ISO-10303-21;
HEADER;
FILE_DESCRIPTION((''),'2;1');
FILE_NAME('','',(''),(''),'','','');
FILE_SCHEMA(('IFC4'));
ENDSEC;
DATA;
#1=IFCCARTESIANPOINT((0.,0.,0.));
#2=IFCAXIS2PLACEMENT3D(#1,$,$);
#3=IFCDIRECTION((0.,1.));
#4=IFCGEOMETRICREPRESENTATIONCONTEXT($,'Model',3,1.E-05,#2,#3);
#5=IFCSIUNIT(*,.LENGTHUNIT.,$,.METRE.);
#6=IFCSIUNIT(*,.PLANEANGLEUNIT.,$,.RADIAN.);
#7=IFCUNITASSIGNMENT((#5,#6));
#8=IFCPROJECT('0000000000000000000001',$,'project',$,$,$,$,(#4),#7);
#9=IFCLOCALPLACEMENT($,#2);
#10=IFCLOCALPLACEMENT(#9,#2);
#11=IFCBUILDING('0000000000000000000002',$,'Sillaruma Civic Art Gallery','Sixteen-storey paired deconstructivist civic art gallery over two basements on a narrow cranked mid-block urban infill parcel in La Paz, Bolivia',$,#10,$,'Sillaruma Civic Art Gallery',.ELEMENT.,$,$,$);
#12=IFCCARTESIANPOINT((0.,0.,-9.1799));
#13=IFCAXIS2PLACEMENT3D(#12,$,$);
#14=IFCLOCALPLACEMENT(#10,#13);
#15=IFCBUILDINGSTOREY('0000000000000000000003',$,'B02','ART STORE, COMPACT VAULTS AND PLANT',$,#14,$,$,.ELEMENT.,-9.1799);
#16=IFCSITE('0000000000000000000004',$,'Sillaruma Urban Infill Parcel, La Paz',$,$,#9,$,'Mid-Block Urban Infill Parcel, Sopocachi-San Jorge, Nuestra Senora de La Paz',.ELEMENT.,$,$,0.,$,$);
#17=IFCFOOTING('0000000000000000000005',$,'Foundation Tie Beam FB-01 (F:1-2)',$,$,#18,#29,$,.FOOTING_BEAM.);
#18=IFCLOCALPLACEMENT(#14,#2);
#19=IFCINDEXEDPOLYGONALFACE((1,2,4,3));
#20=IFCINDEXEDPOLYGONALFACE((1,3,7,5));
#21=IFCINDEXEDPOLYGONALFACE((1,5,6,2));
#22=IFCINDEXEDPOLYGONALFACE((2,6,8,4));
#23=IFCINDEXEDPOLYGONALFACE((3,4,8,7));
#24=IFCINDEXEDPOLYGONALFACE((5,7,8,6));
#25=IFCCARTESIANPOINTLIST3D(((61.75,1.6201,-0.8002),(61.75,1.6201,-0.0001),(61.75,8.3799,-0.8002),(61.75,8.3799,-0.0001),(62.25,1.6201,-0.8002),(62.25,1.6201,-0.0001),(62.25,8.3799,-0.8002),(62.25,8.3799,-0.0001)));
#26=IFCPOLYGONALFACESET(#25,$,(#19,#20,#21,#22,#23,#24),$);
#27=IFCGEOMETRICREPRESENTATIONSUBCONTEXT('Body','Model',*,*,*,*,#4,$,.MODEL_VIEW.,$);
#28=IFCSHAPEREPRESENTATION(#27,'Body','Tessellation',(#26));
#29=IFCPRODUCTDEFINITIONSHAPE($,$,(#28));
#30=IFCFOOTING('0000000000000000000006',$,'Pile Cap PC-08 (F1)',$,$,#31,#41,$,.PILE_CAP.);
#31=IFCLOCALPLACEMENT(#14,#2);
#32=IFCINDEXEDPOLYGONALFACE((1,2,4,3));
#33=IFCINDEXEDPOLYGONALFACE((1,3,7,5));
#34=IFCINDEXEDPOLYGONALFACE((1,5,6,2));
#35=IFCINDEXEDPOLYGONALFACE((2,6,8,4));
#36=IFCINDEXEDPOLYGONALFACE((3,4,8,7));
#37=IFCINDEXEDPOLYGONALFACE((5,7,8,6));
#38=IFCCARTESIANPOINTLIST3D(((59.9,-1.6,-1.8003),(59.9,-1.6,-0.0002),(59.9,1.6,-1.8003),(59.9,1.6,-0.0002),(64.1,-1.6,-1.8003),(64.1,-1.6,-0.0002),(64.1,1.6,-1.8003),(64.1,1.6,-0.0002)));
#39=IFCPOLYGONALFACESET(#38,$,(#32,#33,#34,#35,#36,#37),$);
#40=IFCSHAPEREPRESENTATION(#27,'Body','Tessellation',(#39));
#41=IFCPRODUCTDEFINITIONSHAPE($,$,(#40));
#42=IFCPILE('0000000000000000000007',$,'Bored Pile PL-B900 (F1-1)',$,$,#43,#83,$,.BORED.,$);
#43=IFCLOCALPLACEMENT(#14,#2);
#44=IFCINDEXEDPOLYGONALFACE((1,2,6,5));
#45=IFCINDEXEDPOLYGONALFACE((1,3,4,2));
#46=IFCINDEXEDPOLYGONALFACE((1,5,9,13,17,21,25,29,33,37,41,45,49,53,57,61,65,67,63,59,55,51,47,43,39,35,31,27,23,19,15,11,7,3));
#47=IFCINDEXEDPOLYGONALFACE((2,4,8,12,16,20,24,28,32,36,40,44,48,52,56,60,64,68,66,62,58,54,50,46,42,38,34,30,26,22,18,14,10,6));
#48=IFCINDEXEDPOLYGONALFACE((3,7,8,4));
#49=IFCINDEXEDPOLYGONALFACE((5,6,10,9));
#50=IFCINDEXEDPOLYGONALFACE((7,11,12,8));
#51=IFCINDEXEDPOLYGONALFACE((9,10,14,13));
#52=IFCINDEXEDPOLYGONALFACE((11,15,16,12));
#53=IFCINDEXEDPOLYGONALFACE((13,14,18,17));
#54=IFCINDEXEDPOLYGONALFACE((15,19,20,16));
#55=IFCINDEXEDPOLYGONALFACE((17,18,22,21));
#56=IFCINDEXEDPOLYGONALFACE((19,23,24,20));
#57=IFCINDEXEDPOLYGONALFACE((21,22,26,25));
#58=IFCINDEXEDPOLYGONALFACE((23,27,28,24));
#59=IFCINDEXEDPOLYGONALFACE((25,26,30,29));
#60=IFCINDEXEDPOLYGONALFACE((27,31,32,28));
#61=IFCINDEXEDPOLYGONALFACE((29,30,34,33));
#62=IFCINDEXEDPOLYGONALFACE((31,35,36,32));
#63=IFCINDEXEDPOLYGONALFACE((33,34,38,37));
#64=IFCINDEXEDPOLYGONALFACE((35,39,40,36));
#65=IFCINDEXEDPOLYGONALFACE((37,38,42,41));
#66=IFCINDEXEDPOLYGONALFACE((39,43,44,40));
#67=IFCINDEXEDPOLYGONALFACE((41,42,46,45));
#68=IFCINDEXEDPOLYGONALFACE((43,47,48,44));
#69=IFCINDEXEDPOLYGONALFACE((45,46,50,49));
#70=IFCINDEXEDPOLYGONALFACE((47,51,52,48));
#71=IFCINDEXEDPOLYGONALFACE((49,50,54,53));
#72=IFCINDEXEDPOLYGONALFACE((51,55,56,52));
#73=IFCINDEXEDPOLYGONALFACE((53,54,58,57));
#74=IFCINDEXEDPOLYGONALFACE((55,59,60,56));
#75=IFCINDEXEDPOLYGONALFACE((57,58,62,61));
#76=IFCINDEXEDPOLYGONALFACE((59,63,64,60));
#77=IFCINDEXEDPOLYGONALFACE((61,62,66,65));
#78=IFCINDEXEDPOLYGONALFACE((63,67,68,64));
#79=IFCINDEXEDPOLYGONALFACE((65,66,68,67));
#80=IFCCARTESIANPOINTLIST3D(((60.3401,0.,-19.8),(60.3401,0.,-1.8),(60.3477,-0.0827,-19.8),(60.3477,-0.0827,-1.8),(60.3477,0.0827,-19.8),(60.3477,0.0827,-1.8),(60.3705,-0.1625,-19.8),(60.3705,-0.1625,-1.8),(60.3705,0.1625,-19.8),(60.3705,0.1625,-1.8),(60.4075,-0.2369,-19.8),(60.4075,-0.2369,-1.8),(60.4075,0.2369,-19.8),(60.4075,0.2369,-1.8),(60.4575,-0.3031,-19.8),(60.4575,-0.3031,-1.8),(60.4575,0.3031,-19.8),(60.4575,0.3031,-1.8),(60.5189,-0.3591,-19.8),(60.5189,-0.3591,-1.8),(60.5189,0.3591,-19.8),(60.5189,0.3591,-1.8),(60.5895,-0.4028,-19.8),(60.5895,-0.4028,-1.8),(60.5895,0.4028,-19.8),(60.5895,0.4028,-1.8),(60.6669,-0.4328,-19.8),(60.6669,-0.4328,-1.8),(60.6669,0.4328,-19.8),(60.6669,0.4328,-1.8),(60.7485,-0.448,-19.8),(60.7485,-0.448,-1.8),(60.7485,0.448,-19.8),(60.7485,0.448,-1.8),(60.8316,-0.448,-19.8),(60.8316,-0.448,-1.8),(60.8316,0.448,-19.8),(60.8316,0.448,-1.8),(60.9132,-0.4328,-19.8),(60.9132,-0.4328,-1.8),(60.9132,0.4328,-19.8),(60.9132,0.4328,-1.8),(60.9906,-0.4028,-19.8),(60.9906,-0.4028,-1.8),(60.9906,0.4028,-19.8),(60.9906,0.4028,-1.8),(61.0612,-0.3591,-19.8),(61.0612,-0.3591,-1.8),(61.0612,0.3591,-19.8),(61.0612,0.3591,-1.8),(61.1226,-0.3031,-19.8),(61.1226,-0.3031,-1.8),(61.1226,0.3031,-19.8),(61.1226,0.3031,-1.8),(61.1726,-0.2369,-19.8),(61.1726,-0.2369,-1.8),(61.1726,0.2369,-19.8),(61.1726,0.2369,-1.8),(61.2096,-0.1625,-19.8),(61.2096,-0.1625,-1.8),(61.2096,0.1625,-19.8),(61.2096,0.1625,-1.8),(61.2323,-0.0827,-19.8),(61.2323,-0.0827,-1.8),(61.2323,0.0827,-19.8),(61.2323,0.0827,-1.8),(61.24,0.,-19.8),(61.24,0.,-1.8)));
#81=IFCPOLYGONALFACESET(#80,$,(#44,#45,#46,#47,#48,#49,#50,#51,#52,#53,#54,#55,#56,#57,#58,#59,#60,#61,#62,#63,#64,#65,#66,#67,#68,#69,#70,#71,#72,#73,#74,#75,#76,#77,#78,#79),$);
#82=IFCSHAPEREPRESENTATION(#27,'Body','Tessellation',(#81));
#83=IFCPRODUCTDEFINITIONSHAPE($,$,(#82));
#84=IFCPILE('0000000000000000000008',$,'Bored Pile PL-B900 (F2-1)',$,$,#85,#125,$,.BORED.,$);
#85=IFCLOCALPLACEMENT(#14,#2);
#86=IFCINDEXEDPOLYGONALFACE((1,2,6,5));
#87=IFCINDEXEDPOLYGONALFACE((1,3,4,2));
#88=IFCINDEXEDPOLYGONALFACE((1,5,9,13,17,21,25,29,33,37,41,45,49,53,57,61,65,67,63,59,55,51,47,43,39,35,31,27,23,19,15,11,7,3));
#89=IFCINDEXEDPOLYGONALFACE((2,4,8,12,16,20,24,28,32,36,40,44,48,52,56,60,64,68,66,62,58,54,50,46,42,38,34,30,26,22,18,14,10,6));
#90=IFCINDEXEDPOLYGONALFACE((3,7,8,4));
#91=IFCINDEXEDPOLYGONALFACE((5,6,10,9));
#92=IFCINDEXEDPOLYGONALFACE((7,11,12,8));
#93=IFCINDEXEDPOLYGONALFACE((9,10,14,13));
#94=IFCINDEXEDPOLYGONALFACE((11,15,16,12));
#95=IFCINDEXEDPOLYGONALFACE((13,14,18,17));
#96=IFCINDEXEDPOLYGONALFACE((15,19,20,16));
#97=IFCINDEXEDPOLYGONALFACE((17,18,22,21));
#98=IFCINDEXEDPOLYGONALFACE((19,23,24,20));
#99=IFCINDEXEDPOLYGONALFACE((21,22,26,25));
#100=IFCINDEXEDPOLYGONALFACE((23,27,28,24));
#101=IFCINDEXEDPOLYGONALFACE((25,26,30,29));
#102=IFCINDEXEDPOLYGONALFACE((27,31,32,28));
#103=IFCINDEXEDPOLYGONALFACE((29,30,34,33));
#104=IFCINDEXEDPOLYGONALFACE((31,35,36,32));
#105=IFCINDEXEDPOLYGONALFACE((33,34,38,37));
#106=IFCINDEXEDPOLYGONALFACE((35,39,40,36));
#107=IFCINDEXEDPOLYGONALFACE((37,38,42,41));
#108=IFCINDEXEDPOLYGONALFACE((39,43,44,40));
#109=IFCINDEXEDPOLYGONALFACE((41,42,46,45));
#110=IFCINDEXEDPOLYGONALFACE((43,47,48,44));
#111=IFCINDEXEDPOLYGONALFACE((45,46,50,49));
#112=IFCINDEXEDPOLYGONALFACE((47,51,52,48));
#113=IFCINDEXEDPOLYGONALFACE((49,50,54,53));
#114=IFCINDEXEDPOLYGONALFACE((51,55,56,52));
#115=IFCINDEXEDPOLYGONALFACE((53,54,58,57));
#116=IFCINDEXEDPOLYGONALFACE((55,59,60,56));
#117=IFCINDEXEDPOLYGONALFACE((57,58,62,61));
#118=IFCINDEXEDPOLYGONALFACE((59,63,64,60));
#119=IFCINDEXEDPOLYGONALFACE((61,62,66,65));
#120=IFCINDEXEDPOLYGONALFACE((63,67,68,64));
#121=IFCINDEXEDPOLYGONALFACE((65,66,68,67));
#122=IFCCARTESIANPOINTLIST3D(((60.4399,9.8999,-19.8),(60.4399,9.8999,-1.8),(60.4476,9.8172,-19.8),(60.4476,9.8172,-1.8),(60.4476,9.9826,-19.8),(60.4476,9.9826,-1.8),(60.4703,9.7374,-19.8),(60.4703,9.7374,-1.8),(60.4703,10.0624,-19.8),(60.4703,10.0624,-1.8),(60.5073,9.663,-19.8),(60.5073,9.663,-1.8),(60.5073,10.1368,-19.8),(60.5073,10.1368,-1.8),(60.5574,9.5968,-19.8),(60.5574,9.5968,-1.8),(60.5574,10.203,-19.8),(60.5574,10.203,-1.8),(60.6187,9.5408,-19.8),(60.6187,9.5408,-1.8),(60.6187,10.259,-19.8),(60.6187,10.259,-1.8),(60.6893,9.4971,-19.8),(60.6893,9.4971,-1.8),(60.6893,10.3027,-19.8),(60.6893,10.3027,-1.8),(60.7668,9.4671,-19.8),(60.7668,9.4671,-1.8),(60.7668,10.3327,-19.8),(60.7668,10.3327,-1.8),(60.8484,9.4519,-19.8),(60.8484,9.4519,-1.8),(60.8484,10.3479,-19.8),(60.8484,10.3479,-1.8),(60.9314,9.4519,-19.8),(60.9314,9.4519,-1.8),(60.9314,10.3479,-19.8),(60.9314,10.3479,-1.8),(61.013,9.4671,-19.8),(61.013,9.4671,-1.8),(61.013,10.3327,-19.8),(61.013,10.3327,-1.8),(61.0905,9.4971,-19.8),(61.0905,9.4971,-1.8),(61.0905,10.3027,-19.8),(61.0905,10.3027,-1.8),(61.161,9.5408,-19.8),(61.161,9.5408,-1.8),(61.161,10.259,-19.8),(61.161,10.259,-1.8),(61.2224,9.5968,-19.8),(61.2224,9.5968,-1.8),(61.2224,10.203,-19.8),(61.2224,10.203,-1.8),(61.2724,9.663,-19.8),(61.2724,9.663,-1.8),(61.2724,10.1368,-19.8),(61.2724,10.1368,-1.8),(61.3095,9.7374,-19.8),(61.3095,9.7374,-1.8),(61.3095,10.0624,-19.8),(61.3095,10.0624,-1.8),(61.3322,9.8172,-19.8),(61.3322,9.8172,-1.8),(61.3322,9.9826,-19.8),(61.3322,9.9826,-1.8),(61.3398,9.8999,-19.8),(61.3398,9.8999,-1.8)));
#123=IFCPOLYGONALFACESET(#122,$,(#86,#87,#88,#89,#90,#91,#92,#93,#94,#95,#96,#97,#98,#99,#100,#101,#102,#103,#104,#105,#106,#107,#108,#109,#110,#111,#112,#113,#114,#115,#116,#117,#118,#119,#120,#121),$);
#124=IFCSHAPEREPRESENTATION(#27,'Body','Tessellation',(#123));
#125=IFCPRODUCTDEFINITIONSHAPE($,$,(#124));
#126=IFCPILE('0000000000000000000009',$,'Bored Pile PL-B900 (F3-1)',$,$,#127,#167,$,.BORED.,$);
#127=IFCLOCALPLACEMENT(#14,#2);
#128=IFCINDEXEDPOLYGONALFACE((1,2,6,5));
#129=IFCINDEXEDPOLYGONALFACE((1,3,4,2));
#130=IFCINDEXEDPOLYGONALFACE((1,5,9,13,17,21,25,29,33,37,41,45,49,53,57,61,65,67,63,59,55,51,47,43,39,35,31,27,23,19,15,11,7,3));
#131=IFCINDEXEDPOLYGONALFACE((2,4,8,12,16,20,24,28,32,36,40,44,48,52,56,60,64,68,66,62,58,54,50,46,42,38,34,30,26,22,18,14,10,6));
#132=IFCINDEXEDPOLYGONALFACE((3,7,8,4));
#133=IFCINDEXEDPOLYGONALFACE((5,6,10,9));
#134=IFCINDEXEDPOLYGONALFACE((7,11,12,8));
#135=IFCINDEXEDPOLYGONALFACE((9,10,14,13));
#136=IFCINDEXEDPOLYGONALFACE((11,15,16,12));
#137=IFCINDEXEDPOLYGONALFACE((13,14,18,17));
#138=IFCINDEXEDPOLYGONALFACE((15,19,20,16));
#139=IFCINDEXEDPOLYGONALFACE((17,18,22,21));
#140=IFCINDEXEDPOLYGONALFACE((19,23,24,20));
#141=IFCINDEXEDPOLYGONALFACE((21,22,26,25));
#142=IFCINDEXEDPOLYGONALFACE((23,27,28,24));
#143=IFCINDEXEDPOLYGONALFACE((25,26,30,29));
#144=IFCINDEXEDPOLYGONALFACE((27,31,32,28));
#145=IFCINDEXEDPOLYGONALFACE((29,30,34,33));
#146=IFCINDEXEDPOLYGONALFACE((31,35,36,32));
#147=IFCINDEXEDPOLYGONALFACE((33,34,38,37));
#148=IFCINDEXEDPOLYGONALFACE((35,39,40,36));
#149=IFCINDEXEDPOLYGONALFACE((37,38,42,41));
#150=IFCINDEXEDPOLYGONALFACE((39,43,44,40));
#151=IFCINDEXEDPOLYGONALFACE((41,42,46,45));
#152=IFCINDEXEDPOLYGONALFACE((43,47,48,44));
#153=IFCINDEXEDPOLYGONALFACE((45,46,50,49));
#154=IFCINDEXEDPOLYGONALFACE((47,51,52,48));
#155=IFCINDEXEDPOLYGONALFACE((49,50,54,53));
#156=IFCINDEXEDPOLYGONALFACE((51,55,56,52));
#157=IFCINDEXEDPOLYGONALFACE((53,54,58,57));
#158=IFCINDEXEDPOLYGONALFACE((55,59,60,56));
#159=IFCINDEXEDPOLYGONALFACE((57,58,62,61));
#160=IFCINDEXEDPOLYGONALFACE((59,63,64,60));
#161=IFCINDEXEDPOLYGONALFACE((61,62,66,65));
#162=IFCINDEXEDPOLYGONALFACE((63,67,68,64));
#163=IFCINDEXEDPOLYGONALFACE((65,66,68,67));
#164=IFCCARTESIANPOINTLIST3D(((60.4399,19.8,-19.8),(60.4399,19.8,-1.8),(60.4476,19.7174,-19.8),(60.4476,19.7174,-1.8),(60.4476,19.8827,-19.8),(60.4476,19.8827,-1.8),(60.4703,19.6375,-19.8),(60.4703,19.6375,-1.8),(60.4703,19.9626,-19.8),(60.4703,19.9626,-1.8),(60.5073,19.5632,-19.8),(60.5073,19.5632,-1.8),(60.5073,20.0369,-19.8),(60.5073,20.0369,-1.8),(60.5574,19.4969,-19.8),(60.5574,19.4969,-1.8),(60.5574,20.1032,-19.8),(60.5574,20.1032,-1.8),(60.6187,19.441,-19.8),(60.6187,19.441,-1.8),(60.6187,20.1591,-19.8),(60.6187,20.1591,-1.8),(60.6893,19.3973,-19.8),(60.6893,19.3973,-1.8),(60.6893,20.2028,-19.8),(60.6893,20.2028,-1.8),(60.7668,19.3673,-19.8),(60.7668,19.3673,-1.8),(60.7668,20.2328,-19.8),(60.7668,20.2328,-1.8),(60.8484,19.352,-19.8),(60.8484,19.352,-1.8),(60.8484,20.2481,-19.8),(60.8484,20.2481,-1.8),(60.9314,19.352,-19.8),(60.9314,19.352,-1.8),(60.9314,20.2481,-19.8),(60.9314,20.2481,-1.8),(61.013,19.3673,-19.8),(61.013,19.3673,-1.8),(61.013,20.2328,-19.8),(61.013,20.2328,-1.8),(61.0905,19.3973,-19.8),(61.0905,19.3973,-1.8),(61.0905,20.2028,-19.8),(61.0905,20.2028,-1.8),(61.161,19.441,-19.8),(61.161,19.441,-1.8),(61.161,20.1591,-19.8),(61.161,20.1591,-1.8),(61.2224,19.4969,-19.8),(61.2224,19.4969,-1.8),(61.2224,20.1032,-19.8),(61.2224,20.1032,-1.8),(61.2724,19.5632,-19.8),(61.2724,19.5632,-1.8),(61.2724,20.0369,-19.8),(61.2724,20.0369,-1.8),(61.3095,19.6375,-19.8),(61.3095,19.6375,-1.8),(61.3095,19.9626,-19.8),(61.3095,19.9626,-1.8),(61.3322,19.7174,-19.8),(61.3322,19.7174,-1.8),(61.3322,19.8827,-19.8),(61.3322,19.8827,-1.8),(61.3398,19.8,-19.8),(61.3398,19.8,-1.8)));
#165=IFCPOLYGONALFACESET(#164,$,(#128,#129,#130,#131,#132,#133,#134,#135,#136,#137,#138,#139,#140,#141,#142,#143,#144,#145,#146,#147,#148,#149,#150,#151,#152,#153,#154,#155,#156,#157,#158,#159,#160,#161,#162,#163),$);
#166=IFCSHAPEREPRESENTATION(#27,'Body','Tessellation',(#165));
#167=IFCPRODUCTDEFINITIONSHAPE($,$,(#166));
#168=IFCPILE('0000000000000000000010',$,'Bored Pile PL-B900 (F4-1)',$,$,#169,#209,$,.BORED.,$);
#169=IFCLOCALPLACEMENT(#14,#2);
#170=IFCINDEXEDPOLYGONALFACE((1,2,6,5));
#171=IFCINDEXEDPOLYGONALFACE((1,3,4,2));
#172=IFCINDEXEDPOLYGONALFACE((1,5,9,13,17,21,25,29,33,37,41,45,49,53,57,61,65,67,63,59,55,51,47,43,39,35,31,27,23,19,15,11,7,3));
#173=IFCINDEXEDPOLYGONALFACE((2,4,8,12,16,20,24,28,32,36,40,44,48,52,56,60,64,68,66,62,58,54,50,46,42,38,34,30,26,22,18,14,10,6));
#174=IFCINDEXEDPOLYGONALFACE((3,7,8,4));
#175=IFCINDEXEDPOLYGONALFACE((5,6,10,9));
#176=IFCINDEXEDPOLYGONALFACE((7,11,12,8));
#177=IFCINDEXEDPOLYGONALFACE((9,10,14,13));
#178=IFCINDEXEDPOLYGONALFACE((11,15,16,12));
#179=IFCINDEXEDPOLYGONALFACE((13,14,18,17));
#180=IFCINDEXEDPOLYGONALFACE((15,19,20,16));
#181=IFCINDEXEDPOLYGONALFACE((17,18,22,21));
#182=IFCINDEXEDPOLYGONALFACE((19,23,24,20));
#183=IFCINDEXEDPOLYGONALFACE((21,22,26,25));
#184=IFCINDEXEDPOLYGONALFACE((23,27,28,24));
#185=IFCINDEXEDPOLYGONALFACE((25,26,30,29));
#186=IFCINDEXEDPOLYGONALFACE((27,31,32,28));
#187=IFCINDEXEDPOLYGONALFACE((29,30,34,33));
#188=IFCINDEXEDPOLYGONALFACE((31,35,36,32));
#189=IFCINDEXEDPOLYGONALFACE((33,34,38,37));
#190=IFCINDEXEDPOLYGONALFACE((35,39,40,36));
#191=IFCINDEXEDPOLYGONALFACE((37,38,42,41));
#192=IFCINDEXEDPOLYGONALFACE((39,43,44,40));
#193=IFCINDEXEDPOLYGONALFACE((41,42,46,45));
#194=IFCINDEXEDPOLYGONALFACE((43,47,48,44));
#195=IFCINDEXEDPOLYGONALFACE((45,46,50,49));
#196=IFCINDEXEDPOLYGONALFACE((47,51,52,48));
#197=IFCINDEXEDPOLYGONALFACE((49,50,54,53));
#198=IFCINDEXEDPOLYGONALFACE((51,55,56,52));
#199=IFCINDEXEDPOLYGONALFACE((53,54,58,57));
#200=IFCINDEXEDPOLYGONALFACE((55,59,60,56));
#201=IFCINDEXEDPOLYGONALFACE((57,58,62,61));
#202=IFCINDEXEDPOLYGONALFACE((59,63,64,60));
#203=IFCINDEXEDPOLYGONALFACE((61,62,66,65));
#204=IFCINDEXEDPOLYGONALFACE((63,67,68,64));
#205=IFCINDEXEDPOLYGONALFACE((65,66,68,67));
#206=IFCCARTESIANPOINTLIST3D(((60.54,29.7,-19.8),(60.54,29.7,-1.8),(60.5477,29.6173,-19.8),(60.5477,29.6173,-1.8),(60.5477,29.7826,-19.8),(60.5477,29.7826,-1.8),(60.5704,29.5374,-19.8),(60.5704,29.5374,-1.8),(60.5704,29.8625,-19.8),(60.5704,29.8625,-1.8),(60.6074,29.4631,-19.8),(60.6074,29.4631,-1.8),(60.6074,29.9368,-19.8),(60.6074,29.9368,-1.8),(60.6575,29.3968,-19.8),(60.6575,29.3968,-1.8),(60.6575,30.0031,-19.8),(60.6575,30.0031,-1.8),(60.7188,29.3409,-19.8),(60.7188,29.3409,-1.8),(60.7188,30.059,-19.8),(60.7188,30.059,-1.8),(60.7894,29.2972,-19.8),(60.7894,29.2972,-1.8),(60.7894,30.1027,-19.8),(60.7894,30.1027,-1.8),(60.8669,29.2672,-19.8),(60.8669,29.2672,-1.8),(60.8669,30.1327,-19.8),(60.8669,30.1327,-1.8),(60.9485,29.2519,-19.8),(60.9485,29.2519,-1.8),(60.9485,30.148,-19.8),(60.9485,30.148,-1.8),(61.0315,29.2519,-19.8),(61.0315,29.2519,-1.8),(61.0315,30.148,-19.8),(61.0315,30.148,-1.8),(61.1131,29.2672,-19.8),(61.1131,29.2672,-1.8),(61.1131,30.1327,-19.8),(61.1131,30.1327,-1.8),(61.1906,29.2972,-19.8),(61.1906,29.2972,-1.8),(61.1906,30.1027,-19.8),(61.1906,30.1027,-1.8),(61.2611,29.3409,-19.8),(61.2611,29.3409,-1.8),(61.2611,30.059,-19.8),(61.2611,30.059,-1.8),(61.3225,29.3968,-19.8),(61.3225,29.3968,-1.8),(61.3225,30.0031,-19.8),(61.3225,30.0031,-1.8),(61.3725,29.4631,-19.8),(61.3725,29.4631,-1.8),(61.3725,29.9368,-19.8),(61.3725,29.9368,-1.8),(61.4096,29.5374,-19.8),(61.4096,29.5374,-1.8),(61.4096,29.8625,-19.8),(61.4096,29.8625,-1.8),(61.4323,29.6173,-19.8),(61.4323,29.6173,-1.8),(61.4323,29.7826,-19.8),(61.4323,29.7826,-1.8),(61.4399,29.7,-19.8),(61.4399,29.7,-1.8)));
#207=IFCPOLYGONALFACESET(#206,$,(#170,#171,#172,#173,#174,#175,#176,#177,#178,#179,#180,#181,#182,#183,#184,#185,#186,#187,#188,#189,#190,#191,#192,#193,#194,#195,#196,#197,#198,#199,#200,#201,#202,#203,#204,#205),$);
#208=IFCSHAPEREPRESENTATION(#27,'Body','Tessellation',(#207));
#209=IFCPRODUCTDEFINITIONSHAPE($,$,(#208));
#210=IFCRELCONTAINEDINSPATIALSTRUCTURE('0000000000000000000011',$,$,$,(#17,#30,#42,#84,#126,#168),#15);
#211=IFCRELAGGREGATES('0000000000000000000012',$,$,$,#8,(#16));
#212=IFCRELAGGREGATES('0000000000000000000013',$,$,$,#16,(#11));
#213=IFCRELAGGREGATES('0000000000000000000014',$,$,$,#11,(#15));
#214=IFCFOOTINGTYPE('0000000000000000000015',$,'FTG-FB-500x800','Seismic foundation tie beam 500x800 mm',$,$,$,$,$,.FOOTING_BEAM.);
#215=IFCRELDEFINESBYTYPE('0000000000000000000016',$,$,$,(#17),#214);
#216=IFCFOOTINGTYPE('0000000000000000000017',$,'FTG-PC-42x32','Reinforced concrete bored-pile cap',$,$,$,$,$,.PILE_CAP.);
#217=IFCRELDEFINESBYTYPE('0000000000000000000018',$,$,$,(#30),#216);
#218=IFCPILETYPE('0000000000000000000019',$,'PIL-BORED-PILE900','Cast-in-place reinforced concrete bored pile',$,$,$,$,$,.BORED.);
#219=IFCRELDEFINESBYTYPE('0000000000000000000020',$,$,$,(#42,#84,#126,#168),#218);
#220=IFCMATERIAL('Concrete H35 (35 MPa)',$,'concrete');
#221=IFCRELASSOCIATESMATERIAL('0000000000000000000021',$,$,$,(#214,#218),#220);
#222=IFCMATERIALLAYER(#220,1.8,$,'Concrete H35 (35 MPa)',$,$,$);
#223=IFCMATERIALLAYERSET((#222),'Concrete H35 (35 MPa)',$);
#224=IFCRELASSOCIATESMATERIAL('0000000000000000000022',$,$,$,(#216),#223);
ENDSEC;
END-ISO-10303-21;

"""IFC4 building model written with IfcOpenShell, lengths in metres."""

from ifc_helpers import new_model, si_unit, direction, frame, origin, origin_2d, place, context, subcontext, project, spatial, rectangle, circle, extrude, material, layer, layer_set, material_profile, profile_set, type_object, element, save


model = new_model("IFC4")

# Units and contexts
model_context = context("Model", 3, precision=1e-05, world=origin(), true_north=direction((0.0, 1.0)))
body_context = subcontext(model_context, "Body", "Model", "MODEL_VIEW")
ifc_project = project(units=[si_unit("LENGTHUNIT", "METRE"), si_unit("PLANEANGLEUNIT", "RADIAN")], contexts=[model_context])

# Site, building, storey
site_placement = place(None, origin())
site = spatial("IfcSite", under=ifc_project, at=site_placement, Name="Sillaruma Urban Infill Parcel, La Paz", LongName="Mid-Block Urban Infill Parcel, Sopocachi-San Jorge, Nuestra Senora de La Paz", CompositionType="ELEMENT", RefElevation=0.0)
building_placement = place(site_placement, origin())
building = spatial("IfcBuilding", under=site, at=building_placement, Name="Sillaruma Civic Art Gallery", Description="Sixteen-storey paired deconstructivist civic art gallery over two basements on a narrow cranked mid-block urban infill parcel in La Paz, Bolivia", LongName="Sillaruma Civic Art Gallery", CompositionType="ELEMENT")
storey_placement = place(building_placement, frame((0.0, 0.0, -9.1799)))
storey = spatial("IfcBuildingStorey", under=building, at=storey_placement, Name="B02", Description="ART STORE, COMPACT VAULTS AND PLANT", CompositionType="ELEMENT", Elevation=-9.1799)

# Footings
ifc_material_1 = material(Name="Concrete H35 (35 MPa)", Category="concrete")
ifc_material_profile_1 = material_profile(ifc_material_1, rectangle(XDim=0.5, YDim=0.8, at=origin_2d()), Name="RCB500x800")
ifc_profile_set_1 = profile_set([ifc_material_profile_1], Name="Concrete H35 (35 MPa)")
footing_type_1 = type_object("IfcFootingType", Name="FTG-FB-500x800", Description="Seismic foundation tie beam 500x800 mm", PredefinedType="FOOTING_BEAM", material=ifc_profile_set_1)
footing_1_placement = place(storey_placement, frame((62.0, 1.6201, -0.4001), z_axis=(0.0, 1.0, 0.0), x_axis=(-1.0, 0.0, 0.0)))
element("IfcFooting", 1, at=footing_1_placement, inside=storey, type_object=footing_type_1, Name="Foundation Tie Beam FB-01 (F:1-2)", PredefinedType="FOOTING_BEAM", context=body_context, shape_type="SweptSolid", body=[
    extrude(rectangle(XDim=0.5, YDim=0.8, at=origin_2d()), origin(), (0.0, 0.0, 1.0), 6.7598),
])
ifc_layer_1 = layer(ifc_material_1, 1.8, Name="Concrete H35 (35 MPa)")
ifc_layer_set_1 = layer_set([ifc_layer_1], Name="Concrete H35 (35 MPa)")
footing_type_2 = type_object("IfcFootingType", Name="FTG-PC-42x32", Description="Reinforced concrete bored-pile cap", PredefinedType="PILE_CAP", material=ifc_layer_set_1)
footing_2_placement = place(storey_placement, frame((62.0, 0.0, -1.8003), z_axis=(0.0, 0.0, 1.0), x_axis=(1.0, 0.0, 0.0)))
element("IfcFooting", 2, at=footing_2_placement, inside=storey, type_object=footing_type_2, Name="Pile Cap PC-08 (F1)", PredefinedType="PILE_CAP", context=body_context, shape_type="SweptSolid", body=[
    extrude(rectangle(XDim=4.2, YDim=3.2, at=origin_2d()), origin(), (0.0, 0.0, 1.0), 1.8),
])

# Piles
ifc_material_profile_2 = material_profile(ifc_material_1, circle(Radius=0.45, at=origin_2d()), Name="PILE900")
ifc_profile_set_2 = profile_set([ifc_material_profile_2], Name="Concrete H35 (35 MPa)")
pile_type = type_object("IfcPileType", Name="PIL-BORED-PILE900", Description="Cast-in-place reinforced concrete bored pile", PredefinedType="BORED", material=ifc_profile_set_2)
for number, where, z_axis, x_axis, name in (
    (3, (60.79, 0.0, -1.8), (0.0, 0.0, -1.0), (1.0, 0.0, 0.0), "Bored Pile PL-B900 (F1-1)"),
    (4, (60.8899, 9.8999, -1.8), (0.0, 0.0, -1.0), (1.0, 0.0, 0.0), "Bored Pile PL-B900 (F2-1)"),
    (5, (60.8899, 19.8, -1.8), (0.0, 0.0, -1.0), (1.0, 0.0, 0.0), "Bored Pile PL-B900 (F3-1)"),
    (6, (60.99, 29.7, -1.8), (0.0, 0.0, -1.0), (1.0, 0.0, 0.0), "Bored Pile PL-B900 (F4-1)"),
):
    element("IfcPile", number, at=place(storey_placement, frame(where, z_axis=z_axis, x_axis=x_axis)), inside=storey, type_object=pile_type, Name=name, PredefinedType="BORED", context=body_context, shape_type="SweptSolid", body=[
        extrude(circle(Radius=0.45, at=origin_2d()), origin(), (0.0, 0.0, 1.0), 18.0),
    ])

save(model, "model.ifc")
